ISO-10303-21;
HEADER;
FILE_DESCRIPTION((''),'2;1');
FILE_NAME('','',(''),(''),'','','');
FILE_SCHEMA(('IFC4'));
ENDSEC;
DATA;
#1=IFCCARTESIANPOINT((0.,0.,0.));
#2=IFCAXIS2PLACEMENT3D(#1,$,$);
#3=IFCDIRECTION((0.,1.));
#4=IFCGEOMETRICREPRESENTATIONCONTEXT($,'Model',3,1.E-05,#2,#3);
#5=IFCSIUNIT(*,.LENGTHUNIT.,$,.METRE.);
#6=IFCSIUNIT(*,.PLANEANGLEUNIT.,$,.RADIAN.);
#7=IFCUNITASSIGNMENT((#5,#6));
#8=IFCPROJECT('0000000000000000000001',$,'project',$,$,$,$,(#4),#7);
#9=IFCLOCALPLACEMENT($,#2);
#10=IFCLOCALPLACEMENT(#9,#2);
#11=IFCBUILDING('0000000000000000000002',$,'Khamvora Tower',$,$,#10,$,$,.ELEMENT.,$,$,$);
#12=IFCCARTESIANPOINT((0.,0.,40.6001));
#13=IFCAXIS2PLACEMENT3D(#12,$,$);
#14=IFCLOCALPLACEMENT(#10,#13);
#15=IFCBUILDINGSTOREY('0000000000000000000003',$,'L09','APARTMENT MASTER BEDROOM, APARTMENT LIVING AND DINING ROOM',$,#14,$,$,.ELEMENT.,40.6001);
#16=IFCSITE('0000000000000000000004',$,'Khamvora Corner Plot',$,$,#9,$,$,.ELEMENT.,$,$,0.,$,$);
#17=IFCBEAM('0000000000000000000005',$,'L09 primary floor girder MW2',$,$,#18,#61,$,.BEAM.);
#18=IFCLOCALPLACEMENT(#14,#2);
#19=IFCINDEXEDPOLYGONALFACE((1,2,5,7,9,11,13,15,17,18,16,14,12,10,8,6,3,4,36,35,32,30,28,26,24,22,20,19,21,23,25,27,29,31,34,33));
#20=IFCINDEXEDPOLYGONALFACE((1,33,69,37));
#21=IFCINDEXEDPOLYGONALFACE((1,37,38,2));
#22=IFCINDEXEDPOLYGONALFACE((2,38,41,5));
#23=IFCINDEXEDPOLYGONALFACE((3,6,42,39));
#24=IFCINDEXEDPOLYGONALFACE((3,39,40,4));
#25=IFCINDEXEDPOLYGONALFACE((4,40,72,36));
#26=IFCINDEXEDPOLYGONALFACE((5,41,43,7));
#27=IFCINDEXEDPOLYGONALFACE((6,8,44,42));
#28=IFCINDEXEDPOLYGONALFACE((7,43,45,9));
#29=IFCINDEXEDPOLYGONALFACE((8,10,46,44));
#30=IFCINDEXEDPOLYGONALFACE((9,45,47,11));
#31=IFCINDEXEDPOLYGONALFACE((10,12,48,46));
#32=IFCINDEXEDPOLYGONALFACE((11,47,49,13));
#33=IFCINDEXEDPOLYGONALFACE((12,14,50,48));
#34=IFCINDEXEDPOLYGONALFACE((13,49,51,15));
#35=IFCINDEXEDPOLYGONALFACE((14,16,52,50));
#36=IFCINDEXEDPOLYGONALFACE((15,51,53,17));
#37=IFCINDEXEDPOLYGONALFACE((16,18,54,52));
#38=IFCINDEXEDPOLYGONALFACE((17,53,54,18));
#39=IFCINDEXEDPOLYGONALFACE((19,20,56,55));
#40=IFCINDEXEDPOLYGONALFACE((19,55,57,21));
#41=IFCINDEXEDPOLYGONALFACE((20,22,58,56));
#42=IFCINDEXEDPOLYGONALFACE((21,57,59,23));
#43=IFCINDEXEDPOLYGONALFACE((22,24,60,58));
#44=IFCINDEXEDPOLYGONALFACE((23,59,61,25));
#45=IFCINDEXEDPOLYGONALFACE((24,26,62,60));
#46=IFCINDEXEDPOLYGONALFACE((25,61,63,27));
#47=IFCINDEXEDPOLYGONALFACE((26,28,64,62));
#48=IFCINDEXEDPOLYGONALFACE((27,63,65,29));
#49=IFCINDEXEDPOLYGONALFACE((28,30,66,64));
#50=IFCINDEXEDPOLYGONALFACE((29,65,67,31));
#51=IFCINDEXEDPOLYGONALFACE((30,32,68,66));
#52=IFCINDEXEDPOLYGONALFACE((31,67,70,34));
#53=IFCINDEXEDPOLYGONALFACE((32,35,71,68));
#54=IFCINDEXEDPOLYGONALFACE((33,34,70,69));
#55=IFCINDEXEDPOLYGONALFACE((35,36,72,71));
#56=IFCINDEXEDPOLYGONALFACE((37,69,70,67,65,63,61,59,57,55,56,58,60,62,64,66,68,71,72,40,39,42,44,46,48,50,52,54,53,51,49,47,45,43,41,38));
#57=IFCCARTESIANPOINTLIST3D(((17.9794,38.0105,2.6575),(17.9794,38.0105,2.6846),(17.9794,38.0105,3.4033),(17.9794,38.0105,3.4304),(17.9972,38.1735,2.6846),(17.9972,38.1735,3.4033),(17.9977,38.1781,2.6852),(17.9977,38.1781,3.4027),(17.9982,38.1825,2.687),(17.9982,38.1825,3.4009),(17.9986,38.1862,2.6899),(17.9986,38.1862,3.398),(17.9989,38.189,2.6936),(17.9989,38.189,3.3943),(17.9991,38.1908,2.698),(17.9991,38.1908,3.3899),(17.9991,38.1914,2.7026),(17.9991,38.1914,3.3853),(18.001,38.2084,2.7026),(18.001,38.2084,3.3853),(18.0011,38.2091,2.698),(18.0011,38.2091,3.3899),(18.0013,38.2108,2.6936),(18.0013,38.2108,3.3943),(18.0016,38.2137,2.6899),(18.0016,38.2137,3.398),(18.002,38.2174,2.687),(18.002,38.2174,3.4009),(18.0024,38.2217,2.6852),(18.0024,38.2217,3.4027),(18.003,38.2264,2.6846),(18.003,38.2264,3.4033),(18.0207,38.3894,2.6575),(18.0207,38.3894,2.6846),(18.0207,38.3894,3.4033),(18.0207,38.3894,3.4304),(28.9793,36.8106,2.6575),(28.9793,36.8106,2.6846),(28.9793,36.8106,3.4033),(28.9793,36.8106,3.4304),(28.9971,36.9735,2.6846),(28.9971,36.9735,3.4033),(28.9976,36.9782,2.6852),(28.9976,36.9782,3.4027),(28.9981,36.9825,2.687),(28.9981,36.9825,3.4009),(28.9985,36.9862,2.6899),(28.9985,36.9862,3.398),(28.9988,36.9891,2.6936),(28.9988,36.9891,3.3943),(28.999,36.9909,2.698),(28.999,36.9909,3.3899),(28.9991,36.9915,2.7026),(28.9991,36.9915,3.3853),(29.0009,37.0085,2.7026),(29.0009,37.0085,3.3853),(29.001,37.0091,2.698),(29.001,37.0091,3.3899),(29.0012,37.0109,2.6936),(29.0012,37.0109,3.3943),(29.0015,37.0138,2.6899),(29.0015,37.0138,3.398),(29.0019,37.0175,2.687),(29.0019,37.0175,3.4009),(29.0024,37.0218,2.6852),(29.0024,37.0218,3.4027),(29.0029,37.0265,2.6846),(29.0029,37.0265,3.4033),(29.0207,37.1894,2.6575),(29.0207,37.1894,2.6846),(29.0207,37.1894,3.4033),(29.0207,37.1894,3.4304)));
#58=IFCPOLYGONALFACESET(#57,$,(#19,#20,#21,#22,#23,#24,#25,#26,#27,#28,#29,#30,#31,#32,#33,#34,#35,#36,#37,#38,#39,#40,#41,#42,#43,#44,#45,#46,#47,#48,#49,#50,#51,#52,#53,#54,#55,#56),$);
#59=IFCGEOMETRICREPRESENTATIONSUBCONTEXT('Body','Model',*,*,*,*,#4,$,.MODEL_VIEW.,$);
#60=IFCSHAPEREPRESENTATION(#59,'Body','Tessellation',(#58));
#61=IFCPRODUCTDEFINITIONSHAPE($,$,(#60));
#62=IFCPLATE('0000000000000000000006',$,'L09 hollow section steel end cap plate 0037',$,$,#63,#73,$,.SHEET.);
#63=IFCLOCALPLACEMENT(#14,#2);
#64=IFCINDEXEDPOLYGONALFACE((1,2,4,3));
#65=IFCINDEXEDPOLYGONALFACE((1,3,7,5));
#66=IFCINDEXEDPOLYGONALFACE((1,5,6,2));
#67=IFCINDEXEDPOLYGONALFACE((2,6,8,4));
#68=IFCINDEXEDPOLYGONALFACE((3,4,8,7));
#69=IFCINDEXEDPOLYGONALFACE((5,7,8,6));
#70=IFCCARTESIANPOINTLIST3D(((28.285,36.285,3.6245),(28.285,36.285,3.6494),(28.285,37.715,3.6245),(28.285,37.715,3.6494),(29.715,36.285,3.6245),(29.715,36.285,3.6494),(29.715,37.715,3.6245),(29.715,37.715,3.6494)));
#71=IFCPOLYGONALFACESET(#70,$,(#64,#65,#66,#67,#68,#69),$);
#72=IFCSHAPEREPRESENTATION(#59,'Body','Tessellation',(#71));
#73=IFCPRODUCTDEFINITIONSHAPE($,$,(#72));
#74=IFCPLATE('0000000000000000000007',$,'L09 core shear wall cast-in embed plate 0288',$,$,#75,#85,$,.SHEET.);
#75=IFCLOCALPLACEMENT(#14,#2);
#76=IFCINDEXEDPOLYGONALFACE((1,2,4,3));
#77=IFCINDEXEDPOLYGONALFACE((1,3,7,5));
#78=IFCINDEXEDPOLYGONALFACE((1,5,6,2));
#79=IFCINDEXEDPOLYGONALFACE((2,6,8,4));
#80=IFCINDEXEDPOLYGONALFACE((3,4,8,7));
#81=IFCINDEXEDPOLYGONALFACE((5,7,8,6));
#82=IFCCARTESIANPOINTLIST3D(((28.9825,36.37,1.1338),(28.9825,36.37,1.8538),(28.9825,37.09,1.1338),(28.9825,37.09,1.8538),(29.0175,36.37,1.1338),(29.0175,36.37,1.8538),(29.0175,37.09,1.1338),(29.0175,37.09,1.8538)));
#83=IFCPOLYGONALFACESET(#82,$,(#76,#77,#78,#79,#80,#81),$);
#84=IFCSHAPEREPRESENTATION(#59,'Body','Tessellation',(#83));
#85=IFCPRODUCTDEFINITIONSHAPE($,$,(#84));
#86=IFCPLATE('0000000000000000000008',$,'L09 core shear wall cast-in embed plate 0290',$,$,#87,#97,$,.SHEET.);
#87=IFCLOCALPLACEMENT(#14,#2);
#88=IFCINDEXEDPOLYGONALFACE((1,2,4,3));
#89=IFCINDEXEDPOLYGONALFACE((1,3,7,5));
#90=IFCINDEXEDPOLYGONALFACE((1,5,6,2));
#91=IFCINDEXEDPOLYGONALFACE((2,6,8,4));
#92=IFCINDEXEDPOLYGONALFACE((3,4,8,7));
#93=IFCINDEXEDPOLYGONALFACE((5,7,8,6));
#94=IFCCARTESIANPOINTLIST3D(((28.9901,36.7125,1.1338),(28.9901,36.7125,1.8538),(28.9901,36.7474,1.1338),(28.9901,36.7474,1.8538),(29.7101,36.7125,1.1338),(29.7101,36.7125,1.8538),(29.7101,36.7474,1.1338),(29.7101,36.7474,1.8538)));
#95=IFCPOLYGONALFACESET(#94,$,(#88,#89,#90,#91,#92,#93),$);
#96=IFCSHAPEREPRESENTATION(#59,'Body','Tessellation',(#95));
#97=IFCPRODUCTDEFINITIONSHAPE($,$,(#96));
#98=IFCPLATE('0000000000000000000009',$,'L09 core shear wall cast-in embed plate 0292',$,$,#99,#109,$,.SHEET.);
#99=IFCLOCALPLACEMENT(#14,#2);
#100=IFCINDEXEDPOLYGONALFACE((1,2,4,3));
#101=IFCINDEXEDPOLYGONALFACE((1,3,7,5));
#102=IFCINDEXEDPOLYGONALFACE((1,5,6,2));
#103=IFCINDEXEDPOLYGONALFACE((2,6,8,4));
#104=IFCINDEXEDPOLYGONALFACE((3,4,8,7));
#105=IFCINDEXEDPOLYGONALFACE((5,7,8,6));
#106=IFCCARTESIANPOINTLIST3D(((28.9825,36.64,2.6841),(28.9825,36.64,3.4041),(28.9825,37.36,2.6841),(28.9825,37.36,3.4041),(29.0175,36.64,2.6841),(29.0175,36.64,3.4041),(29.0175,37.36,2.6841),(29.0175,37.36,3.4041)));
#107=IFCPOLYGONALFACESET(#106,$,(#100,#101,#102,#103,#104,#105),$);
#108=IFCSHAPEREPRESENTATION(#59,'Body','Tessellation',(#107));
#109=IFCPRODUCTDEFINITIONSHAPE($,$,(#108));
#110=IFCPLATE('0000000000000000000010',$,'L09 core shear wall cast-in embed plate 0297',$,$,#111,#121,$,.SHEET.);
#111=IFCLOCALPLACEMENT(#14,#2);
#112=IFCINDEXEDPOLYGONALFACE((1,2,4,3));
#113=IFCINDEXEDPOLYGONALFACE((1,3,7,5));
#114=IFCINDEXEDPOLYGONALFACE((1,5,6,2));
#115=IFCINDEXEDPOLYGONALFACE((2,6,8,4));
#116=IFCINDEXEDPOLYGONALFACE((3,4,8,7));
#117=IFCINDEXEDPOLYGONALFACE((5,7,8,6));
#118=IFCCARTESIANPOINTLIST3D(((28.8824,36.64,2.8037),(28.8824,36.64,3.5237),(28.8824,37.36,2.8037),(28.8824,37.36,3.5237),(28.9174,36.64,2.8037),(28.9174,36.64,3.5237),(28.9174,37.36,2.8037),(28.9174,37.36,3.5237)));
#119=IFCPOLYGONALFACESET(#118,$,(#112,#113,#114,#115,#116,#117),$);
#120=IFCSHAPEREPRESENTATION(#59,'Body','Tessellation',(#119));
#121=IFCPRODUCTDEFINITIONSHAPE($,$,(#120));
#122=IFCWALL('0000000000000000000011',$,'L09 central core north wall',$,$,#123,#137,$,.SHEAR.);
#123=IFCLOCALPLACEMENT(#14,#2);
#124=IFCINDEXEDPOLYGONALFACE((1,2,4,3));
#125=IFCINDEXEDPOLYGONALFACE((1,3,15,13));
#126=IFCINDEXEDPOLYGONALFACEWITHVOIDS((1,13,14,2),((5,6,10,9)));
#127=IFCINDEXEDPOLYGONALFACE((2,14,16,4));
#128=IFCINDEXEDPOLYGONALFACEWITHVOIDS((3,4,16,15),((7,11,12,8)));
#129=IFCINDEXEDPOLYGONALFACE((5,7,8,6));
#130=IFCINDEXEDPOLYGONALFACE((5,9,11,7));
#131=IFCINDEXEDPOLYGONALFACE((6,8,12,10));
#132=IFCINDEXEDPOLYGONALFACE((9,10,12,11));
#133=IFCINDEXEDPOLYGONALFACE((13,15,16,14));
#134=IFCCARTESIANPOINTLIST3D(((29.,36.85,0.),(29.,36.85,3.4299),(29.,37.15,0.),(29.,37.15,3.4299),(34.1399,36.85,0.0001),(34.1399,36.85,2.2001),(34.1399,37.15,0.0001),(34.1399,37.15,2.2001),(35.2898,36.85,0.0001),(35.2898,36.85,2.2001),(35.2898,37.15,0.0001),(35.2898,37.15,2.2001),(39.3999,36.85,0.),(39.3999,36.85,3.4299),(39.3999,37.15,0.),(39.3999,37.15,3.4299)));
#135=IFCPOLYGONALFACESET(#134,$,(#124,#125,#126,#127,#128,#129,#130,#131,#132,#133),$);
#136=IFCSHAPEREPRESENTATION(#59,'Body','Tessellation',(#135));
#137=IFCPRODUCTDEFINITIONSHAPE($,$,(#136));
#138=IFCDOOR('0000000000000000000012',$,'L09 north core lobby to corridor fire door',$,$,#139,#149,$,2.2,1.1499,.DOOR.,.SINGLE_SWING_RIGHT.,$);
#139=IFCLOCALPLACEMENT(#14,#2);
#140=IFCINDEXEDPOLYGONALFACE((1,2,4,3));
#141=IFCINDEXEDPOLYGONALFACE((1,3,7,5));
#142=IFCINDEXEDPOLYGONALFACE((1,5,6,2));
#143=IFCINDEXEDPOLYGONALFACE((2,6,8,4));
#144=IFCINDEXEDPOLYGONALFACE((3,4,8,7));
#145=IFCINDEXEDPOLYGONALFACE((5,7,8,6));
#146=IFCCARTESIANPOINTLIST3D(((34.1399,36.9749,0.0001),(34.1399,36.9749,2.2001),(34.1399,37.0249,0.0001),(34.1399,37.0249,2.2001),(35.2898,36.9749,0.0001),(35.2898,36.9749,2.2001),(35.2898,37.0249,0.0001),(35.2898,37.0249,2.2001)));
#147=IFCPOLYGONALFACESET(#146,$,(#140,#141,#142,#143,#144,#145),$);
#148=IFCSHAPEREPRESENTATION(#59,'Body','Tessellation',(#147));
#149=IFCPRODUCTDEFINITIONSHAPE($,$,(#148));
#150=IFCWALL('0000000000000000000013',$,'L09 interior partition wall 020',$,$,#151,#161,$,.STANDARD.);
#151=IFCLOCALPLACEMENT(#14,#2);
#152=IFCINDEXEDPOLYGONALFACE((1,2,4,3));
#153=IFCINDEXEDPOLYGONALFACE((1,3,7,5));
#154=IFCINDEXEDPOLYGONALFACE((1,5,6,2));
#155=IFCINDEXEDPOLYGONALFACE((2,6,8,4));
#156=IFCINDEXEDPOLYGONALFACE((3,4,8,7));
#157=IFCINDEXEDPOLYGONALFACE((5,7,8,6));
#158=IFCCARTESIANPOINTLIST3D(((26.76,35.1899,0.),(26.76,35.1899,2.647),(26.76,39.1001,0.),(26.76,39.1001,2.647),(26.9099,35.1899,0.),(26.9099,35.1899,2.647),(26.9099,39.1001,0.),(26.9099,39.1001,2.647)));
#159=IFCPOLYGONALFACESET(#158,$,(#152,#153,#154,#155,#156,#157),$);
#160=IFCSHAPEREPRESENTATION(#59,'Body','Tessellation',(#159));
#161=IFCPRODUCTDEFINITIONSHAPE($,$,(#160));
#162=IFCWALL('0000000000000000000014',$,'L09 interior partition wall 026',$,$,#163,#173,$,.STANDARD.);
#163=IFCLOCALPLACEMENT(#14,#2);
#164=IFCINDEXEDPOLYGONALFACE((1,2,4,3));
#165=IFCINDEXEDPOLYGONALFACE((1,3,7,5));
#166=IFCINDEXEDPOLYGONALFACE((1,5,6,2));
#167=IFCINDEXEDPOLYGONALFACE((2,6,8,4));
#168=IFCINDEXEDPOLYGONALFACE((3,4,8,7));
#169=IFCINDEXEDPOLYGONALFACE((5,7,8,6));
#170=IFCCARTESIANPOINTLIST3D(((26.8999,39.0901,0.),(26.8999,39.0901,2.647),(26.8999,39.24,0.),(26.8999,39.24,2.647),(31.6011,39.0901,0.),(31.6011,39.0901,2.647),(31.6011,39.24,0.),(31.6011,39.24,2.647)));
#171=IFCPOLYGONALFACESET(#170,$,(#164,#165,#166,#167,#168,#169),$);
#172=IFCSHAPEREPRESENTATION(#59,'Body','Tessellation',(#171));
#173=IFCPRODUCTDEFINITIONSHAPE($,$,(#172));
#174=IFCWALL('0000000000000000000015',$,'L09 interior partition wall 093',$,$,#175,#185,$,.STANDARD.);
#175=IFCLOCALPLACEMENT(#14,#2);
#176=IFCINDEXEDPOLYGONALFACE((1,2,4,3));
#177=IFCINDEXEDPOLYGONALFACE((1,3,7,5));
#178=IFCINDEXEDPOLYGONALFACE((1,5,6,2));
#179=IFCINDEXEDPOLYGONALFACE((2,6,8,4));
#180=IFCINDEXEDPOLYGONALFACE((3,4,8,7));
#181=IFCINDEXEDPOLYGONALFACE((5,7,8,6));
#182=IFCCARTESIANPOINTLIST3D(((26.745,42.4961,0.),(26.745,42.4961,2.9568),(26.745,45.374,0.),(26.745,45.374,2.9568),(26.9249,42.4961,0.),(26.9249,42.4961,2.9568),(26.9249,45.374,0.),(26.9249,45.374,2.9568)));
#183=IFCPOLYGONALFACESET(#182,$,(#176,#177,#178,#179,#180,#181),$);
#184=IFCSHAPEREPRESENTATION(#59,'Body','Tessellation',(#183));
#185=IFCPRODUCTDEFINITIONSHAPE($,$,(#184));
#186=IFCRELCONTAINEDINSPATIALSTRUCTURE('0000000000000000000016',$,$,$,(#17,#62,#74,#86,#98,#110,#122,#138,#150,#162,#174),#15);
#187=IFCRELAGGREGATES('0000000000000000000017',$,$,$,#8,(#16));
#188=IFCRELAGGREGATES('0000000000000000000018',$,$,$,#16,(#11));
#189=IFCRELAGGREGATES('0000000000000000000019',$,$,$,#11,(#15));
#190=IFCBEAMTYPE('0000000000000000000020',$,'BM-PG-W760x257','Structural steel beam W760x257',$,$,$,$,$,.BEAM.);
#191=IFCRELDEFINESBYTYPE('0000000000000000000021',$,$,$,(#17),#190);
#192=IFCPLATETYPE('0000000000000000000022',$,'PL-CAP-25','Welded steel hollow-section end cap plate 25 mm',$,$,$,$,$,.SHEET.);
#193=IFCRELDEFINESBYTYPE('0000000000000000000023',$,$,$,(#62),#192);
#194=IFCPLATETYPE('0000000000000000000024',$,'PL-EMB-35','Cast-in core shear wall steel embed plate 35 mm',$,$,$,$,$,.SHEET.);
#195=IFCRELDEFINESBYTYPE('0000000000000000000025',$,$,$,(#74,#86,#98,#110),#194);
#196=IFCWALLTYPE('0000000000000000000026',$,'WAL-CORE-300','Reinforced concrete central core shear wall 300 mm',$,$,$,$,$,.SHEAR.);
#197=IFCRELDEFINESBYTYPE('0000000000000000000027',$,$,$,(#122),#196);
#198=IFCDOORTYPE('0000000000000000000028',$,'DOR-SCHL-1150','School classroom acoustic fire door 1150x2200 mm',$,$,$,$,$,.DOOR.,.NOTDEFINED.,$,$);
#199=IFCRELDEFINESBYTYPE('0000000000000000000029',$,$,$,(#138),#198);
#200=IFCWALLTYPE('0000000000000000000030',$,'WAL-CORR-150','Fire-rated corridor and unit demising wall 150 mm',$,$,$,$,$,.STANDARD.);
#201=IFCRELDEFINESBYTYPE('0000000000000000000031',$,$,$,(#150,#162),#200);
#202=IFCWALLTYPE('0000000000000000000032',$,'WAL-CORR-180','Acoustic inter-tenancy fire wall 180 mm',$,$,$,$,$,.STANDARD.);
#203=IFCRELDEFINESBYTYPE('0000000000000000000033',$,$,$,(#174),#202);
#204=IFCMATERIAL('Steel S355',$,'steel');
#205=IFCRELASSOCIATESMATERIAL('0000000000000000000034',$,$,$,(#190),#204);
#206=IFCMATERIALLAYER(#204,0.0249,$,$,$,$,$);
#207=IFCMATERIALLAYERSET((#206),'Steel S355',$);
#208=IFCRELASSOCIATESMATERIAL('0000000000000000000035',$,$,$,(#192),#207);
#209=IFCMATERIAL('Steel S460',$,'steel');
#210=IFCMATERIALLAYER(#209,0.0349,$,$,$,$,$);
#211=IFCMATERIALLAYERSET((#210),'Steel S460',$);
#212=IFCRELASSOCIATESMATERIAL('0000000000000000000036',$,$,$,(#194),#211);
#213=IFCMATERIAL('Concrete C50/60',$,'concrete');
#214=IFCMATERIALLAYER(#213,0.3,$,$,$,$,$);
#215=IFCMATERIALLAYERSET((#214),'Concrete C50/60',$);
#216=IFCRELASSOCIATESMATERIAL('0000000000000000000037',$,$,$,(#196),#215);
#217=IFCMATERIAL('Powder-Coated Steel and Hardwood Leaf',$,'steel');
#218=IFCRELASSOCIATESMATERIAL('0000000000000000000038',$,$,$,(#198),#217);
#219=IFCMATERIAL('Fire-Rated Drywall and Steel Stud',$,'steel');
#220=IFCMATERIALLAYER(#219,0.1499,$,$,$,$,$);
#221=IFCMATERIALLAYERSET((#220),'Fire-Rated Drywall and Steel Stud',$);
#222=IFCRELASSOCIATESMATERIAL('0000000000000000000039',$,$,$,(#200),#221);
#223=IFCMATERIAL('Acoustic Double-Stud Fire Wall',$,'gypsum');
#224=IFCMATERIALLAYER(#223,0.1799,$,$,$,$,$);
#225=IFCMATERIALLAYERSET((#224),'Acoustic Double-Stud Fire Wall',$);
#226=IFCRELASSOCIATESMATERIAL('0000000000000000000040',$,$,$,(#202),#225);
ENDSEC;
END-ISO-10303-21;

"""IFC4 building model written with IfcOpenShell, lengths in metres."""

from ifc_helpers import new_model, si_unit, direction, frame, frame_2d, origin, origin_2d, place, context, subcontext, project, spatial, rectangle, i_section, extrude, material, layer, layer_set, material_profile, profile_set, type_object, element, fill, save


model = new_model("IFC4")

# Units and contexts
model_context = context("Model", 3, precision=1e-05, world=origin(), true_north=direction((0.0, 1.0)))
body_context = subcontext(model_context, "Body", "Model", "MODEL_VIEW")
ifc_project = project(units=[si_unit("LENGTHUNIT", "METRE"), si_unit("PLANEANGLEUNIT", "RADIAN")], contexts=[model_context])

# Site, building, storey
site_placement = place(None, origin())
site = spatial("IfcSite", under=ifc_project, at=site_placement, Name="Khamvora Corner Plot", CompositionType="ELEMENT", RefElevation=0.0)
building_placement = place(site_placement, origin())
building = spatial("IfcBuilding", under=site, at=building_placement, Name="Khamvora Tower", CompositionType="ELEMENT")
storey_placement = place(building_placement, frame((0.0, 0.0, 40.6001)))
storey = spatial("IfcBuildingStorey", under=building, at=storey_placement, Name="L09", Description="APARTMENT MASTER BEDROOM, APARTMENT LIVING AND DINING ROOM", CompositionType="ELEMENT", Elevation=40.6001)

# Shared definitions
ifc_material_1 = material(Name="Steel S460", Category="steel")

# Beam
ifc_material_2 = material(Name="Steel S355", Category="steel")
ifc_material_profile_1 = material_profile(ifc_material_2, i_section(OverallWidth=0.3811, OverallDepth=0.7729, WebThickness=0.0171, FlangeThickness=0.0271, FilletRadius=0.0181, at=origin_2d()), Name="W760x257")
ifc_profile_set_1 = profile_set([ifc_material_profile_1], Name="Steel S355")
beam_type_1 = type_object("IfcBeamType", Name="BM-PG-W760x257", Description="Structural steel beam W760x257", PredefinedType="BEAM", material=ifc_profile_set_1)
beam_1_placement = place(storey_placement, frame((29.0, 37.0, 3.0439), z_axis=(-0.994103, 0.108443, 0.0), x_axis=(-0.108443, -0.994103, 0.0)))
element("IfcBeam", 1, at=beam_1_placement, inside=storey, type_object=beam_type_1, Name="L09 primary floor girder MW2", PredefinedType="BEAM", context=body_context, shape_type="SweptSolid", body=[
    extrude(i_section(OverallWidth=0.3811, OverallDepth=0.7729, WebThickness=0.0171, FlangeThickness=0.0271, FilletRadius=0.0181, at=origin_2d()), origin(), (0.0, 0.0, 1.0), 11.0652),
])

# Plates
ifc_layer_1 = layer(ifc_material_2, 0.0249)
ifc_layer_set_1 = layer_set([ifc_layer_1], Name="Steel S355")
plate_type_1 = type_object("IfcPlateType", Name="PL-CAP-25", Description="Welded steel hollow-section end cap plate 25 mm", PredefinedType="SHEET", material=ifc_layer_set_1)
plate_1_placement = place(storey_placement, frame((29.0, 37.0, 3.6245), z_axis=(0.0, 0.0, 1.0), x_axis=(1.0, 0.0, 0.0)))
element("IfcPlate", 2, at=plate_1_placement, inside=storey, type_object=plate_type_1, Name="L09 hollow section steel end cap plate 0037", PredefinedType="SHEET", context=body_context, shape_type="SweptSolid", body=[
    extrude(rectangle(XDim=1.4299, YDim=1.4299, at=origin_2d()), origin(), (0.0, 0.0, 1.0), 0.0249),
])
ifc_layer_2 = layer(ifc_material_1, 0.0349)
ifc_layer_set_2 = layer_set([ifc_layer_2], Name="Steel S460")
plate_type_2 = type_object("IfcPlateType", Name="PL-EMB-35", Description="Cast-in core shear wall steel embed plate 35 mm", PredefinedType="SHEET", material=ifc_layer_set_2)
plate_2_placement = place(storey_placement, frame((29.0, 36.73, 1.1338), z_axis=(0.0, 0.0, 1.0), x_axis=(1.0, 0.0, 0.0)))
element("IfcPlate", 3, at=plate_2_placement, inside=storey, type_object=plate_type_2, Name="L09 core shear wall cast-in embed plate 0288", PredefinedType="SHEET", context=body_context, shape_type="SweptSolid", body=[
    extrude(rectangle(XDim=0.0349, YDim=0.72, at=origin_2d()), origin(), (0.0, 0.0, 1.0), 0.72),
])
plate_3_placement = place(storey_placement, frame((29.3501, 36.73, 1.1338), z_axis=(0.0, 0.0, 1.0), x_axis=(1.0, 0.0, 0.0)))
element("IfcPlate", 4, at=plate_3_placement, inside=storey, type_object=plate_type_2, Name="L09 core shear wall cast-in embed plate 0290", PredefinedType="SHEET", context=body_context, shape_type="SweptSolid", body=[
    extrude(rectangle(XDim=0.72, YDim=0.0349, at=origin_2d()), origin(), (0.0, 0.0, 1.0), 0.72),
])
for number, where, z_axis, x_axis, name in (
    (5, (29.0, 37.0, 2.6841), (0.0, 0.0, 1.0), (1.0, 0.0, 0.0), "L09 core shear wall cast-in embed plate 0292"),
    (6, (28.8999, 37.0, 2.8037), (0.0, 0.0, 1.0), (1.0, 0.0, 0.0), "L09 core shear wall cast-in embed plate 0297"),
):
    element("IfcPlate", number, at=place(storey_placement, frame(where, z_axis=z_axis, x_axis=x_axis)), inside=storey, type_object=plate_type_2, Name=name, PredefinedType="SHEET", context=body_context, shape_type="SweptSolid", body=[
        extrude(rectangle(XDim=0.0349, YDim=0.72, at=origin_2d()), origin(), (0.0, 0.0, 1.0), 0.72),
    ])

# Wall, opening, door
ifc_material_3 = material(Name="Concrete C50/60", Category="concrete")
ifc_layer_3 = layer(ifc_material_3, 0.3)
ifc_layer_set_3 = layer_set([ifc_layer_3], Name="Concrete C50/60")
wall_type_1 = type_object("IfcWallType", Name="WAL-CORE-300", Description="Reinforced concrete central core shear wall 300 mm", PredefinedType="SHEAR", material=ifc_layer_set_3)
wall_1_placement = place(storey_placement, frame((29.0, 37.0, 0.0), z_axis=(0.0, 0.0, 1.0), x_axis=(1.0, 0.0, 0.0)))
wall_1 = element("IfcWall", 7, at=wall_1_placement, inside=storey, type_object=wall_type_1, Name="L09 central core north wall", PredefinedType="SHEAR", context=body_context, shape_type="SweptSolid", body=[
    extrude(rectangle(XDim=10.3999, YDim=0.3, at=frame_2d((5.2, 0.0))), origin(), (0.0, 0.0, 1.0), 3.4299),
])
opening_1_placement = place(wall_1_placement, frame((5.1399, 0.0, 0.0)))
opening_1 = element("IfcOpeningElement", 8, at=opening_1_placement, cuts=wall_1, PredefinedType="OPENING", context=body_context, shape_type="SweptSolid", body=[
    extrude(rectangle(XDim=1.1499, YDim=2.2, at=frame_2d((0.575, 1.1001))), frame((0.0, 0.1599, 0.0), z_axis=(0.0, -1.0, 0.0), x_axis=(1.0, 0.0, 0.0)), (0.0, 0.0, 1.0), 0.3201),
])
ifc_material_4 = material(Name="Powder-Coated Steel and Hardwood Leaf", Category="steel")
door_type_1 = type_object("IfcDoorType", Name="DOR-SCHL-1150", Description="School classroom acoustic fire door 1150x2200 mm", OperationType="NOTDEFINED", PredefinedType="DOOR", material=ifc_material_4)
door_1_placement = place(opening_1_placement, origin())
door_1 = element("IfcDoor", 9, at=door_1_placement, inside=storey, type_object=door_type_1, Name="L09 north core lobby to corridor fire door", OperationType="SINGLE_SWING_RIGHT", OverallHeight=2.2, OverallWidth=1.1499, PredefinedType="DOOR", context=body_context, shape_type="SweptSolid", body=[
    extrude(rectangle(XDim=1.1499, YDim=2.2, at=frame_2d((0.575, 1.1001))), frame((0.0, 0.0249, 0.0), z_axis=(0.0, -1.0, 0.0), x_axis=(1.0, 0.0, 0.0)), (0.0, 0.0, 1.0), 0.05),
])
fill(opening_1, door_1)

# Walls
ifc_material_5 = material(Name="Fire-Rated Drywall and Steel Stud", Category="steel")
ifc_layer_4 = layer(ifc_material_5, 0.1499)
ifc_layer_set_4 = layer_set([ifc_layer_4], Name="Fire-Rated Drywall and Steel Stud")
wall_type_2 = type_object("IfcWallType", Name="WAL-CORR-150", Description="Fire-rated corridor and unit demising wall 150 mm", PredefinedType="STANDARD", material=ifc_layer_set_4)
wall_2_placement = place(storey_placement, frame((26.835, 35.1899, 0.0), z_axis=(0.0, 0.0, 1.0), x_axis=(0.0, 1.0, 0.0)))
element("IfcWall", 10, at=wall_2_placement, inside=storey, type_object=wall_type_2, Name="L09 interior partition wall 020", PredefinedType="STANDARD", context=body_context, shape_type="SweptSolid", body=[
    extrude(rectangle(XDim=3.9102, YDim=0.1499, at=frame_2d((1.9551, 0.0))), origin(), (0.0, 0.0, 1.0), 2.647),
])
wall_3_placement = place(storey_placement, frame((26.8999, 39.165, 0.0), z_axis=(0.0, 0.0, 1.0), x_axis=(1.0, 0.0, 0.0)))
element("IfcWall", 11, at=wall_3_placement, inside=storey, type_object=wall_type_2, Name="L09 interior partition wall 026", PredefinedType="STANDARD", context=body_context, shape_type="SweptSolid", body=[
    extrude(rectangle(XDim=4.7012, YDim=0.1499, at=frame_2d((2.3506, 0.0))), origin(), (0.0, 0.0, 1.0), 2.647),
])
ifc_material_6 = material(Name="Acoustic Double-Stud Fire Wall", Category="gypsum")
ifc_layer_5 = layer(ifc_material_6, 0.1799)
ifc_layer_set_5 = layer_set([ifc_layer_5], Name="Acoustic Double-Stud Fire Wall")
wall_type_3 = type_object("IfcWallType", Name="WAL-CORR-180", Description="Acoustic inter-tenancy fire wall 180 mm", PredefinedType="STANDARD", material=ifc_layer_set_5)
wall_4_placement = place(storey_placement, frame((26.835, 45.374, 0.0), z_axis=(0.0, 0.0, 1.0), x_axis=(0.0, -1.0, 0.0)))
element("IfcWall", 12, at=wall_4_placement, inside=storey, type_object=wall_type_3, Name="L09 interior partition wall 093", PredefinedType="STANDARD", context=body_context, shape_type="SweptSolid", body=[
    extrude(rectangle(XDim=2.8779, YDim=0.1799, at=frame_2d((1.439, 0.0))), origin(), (0.0, 0.0, 1.0), 2.9568),
])

save(model, "model.ifc")
